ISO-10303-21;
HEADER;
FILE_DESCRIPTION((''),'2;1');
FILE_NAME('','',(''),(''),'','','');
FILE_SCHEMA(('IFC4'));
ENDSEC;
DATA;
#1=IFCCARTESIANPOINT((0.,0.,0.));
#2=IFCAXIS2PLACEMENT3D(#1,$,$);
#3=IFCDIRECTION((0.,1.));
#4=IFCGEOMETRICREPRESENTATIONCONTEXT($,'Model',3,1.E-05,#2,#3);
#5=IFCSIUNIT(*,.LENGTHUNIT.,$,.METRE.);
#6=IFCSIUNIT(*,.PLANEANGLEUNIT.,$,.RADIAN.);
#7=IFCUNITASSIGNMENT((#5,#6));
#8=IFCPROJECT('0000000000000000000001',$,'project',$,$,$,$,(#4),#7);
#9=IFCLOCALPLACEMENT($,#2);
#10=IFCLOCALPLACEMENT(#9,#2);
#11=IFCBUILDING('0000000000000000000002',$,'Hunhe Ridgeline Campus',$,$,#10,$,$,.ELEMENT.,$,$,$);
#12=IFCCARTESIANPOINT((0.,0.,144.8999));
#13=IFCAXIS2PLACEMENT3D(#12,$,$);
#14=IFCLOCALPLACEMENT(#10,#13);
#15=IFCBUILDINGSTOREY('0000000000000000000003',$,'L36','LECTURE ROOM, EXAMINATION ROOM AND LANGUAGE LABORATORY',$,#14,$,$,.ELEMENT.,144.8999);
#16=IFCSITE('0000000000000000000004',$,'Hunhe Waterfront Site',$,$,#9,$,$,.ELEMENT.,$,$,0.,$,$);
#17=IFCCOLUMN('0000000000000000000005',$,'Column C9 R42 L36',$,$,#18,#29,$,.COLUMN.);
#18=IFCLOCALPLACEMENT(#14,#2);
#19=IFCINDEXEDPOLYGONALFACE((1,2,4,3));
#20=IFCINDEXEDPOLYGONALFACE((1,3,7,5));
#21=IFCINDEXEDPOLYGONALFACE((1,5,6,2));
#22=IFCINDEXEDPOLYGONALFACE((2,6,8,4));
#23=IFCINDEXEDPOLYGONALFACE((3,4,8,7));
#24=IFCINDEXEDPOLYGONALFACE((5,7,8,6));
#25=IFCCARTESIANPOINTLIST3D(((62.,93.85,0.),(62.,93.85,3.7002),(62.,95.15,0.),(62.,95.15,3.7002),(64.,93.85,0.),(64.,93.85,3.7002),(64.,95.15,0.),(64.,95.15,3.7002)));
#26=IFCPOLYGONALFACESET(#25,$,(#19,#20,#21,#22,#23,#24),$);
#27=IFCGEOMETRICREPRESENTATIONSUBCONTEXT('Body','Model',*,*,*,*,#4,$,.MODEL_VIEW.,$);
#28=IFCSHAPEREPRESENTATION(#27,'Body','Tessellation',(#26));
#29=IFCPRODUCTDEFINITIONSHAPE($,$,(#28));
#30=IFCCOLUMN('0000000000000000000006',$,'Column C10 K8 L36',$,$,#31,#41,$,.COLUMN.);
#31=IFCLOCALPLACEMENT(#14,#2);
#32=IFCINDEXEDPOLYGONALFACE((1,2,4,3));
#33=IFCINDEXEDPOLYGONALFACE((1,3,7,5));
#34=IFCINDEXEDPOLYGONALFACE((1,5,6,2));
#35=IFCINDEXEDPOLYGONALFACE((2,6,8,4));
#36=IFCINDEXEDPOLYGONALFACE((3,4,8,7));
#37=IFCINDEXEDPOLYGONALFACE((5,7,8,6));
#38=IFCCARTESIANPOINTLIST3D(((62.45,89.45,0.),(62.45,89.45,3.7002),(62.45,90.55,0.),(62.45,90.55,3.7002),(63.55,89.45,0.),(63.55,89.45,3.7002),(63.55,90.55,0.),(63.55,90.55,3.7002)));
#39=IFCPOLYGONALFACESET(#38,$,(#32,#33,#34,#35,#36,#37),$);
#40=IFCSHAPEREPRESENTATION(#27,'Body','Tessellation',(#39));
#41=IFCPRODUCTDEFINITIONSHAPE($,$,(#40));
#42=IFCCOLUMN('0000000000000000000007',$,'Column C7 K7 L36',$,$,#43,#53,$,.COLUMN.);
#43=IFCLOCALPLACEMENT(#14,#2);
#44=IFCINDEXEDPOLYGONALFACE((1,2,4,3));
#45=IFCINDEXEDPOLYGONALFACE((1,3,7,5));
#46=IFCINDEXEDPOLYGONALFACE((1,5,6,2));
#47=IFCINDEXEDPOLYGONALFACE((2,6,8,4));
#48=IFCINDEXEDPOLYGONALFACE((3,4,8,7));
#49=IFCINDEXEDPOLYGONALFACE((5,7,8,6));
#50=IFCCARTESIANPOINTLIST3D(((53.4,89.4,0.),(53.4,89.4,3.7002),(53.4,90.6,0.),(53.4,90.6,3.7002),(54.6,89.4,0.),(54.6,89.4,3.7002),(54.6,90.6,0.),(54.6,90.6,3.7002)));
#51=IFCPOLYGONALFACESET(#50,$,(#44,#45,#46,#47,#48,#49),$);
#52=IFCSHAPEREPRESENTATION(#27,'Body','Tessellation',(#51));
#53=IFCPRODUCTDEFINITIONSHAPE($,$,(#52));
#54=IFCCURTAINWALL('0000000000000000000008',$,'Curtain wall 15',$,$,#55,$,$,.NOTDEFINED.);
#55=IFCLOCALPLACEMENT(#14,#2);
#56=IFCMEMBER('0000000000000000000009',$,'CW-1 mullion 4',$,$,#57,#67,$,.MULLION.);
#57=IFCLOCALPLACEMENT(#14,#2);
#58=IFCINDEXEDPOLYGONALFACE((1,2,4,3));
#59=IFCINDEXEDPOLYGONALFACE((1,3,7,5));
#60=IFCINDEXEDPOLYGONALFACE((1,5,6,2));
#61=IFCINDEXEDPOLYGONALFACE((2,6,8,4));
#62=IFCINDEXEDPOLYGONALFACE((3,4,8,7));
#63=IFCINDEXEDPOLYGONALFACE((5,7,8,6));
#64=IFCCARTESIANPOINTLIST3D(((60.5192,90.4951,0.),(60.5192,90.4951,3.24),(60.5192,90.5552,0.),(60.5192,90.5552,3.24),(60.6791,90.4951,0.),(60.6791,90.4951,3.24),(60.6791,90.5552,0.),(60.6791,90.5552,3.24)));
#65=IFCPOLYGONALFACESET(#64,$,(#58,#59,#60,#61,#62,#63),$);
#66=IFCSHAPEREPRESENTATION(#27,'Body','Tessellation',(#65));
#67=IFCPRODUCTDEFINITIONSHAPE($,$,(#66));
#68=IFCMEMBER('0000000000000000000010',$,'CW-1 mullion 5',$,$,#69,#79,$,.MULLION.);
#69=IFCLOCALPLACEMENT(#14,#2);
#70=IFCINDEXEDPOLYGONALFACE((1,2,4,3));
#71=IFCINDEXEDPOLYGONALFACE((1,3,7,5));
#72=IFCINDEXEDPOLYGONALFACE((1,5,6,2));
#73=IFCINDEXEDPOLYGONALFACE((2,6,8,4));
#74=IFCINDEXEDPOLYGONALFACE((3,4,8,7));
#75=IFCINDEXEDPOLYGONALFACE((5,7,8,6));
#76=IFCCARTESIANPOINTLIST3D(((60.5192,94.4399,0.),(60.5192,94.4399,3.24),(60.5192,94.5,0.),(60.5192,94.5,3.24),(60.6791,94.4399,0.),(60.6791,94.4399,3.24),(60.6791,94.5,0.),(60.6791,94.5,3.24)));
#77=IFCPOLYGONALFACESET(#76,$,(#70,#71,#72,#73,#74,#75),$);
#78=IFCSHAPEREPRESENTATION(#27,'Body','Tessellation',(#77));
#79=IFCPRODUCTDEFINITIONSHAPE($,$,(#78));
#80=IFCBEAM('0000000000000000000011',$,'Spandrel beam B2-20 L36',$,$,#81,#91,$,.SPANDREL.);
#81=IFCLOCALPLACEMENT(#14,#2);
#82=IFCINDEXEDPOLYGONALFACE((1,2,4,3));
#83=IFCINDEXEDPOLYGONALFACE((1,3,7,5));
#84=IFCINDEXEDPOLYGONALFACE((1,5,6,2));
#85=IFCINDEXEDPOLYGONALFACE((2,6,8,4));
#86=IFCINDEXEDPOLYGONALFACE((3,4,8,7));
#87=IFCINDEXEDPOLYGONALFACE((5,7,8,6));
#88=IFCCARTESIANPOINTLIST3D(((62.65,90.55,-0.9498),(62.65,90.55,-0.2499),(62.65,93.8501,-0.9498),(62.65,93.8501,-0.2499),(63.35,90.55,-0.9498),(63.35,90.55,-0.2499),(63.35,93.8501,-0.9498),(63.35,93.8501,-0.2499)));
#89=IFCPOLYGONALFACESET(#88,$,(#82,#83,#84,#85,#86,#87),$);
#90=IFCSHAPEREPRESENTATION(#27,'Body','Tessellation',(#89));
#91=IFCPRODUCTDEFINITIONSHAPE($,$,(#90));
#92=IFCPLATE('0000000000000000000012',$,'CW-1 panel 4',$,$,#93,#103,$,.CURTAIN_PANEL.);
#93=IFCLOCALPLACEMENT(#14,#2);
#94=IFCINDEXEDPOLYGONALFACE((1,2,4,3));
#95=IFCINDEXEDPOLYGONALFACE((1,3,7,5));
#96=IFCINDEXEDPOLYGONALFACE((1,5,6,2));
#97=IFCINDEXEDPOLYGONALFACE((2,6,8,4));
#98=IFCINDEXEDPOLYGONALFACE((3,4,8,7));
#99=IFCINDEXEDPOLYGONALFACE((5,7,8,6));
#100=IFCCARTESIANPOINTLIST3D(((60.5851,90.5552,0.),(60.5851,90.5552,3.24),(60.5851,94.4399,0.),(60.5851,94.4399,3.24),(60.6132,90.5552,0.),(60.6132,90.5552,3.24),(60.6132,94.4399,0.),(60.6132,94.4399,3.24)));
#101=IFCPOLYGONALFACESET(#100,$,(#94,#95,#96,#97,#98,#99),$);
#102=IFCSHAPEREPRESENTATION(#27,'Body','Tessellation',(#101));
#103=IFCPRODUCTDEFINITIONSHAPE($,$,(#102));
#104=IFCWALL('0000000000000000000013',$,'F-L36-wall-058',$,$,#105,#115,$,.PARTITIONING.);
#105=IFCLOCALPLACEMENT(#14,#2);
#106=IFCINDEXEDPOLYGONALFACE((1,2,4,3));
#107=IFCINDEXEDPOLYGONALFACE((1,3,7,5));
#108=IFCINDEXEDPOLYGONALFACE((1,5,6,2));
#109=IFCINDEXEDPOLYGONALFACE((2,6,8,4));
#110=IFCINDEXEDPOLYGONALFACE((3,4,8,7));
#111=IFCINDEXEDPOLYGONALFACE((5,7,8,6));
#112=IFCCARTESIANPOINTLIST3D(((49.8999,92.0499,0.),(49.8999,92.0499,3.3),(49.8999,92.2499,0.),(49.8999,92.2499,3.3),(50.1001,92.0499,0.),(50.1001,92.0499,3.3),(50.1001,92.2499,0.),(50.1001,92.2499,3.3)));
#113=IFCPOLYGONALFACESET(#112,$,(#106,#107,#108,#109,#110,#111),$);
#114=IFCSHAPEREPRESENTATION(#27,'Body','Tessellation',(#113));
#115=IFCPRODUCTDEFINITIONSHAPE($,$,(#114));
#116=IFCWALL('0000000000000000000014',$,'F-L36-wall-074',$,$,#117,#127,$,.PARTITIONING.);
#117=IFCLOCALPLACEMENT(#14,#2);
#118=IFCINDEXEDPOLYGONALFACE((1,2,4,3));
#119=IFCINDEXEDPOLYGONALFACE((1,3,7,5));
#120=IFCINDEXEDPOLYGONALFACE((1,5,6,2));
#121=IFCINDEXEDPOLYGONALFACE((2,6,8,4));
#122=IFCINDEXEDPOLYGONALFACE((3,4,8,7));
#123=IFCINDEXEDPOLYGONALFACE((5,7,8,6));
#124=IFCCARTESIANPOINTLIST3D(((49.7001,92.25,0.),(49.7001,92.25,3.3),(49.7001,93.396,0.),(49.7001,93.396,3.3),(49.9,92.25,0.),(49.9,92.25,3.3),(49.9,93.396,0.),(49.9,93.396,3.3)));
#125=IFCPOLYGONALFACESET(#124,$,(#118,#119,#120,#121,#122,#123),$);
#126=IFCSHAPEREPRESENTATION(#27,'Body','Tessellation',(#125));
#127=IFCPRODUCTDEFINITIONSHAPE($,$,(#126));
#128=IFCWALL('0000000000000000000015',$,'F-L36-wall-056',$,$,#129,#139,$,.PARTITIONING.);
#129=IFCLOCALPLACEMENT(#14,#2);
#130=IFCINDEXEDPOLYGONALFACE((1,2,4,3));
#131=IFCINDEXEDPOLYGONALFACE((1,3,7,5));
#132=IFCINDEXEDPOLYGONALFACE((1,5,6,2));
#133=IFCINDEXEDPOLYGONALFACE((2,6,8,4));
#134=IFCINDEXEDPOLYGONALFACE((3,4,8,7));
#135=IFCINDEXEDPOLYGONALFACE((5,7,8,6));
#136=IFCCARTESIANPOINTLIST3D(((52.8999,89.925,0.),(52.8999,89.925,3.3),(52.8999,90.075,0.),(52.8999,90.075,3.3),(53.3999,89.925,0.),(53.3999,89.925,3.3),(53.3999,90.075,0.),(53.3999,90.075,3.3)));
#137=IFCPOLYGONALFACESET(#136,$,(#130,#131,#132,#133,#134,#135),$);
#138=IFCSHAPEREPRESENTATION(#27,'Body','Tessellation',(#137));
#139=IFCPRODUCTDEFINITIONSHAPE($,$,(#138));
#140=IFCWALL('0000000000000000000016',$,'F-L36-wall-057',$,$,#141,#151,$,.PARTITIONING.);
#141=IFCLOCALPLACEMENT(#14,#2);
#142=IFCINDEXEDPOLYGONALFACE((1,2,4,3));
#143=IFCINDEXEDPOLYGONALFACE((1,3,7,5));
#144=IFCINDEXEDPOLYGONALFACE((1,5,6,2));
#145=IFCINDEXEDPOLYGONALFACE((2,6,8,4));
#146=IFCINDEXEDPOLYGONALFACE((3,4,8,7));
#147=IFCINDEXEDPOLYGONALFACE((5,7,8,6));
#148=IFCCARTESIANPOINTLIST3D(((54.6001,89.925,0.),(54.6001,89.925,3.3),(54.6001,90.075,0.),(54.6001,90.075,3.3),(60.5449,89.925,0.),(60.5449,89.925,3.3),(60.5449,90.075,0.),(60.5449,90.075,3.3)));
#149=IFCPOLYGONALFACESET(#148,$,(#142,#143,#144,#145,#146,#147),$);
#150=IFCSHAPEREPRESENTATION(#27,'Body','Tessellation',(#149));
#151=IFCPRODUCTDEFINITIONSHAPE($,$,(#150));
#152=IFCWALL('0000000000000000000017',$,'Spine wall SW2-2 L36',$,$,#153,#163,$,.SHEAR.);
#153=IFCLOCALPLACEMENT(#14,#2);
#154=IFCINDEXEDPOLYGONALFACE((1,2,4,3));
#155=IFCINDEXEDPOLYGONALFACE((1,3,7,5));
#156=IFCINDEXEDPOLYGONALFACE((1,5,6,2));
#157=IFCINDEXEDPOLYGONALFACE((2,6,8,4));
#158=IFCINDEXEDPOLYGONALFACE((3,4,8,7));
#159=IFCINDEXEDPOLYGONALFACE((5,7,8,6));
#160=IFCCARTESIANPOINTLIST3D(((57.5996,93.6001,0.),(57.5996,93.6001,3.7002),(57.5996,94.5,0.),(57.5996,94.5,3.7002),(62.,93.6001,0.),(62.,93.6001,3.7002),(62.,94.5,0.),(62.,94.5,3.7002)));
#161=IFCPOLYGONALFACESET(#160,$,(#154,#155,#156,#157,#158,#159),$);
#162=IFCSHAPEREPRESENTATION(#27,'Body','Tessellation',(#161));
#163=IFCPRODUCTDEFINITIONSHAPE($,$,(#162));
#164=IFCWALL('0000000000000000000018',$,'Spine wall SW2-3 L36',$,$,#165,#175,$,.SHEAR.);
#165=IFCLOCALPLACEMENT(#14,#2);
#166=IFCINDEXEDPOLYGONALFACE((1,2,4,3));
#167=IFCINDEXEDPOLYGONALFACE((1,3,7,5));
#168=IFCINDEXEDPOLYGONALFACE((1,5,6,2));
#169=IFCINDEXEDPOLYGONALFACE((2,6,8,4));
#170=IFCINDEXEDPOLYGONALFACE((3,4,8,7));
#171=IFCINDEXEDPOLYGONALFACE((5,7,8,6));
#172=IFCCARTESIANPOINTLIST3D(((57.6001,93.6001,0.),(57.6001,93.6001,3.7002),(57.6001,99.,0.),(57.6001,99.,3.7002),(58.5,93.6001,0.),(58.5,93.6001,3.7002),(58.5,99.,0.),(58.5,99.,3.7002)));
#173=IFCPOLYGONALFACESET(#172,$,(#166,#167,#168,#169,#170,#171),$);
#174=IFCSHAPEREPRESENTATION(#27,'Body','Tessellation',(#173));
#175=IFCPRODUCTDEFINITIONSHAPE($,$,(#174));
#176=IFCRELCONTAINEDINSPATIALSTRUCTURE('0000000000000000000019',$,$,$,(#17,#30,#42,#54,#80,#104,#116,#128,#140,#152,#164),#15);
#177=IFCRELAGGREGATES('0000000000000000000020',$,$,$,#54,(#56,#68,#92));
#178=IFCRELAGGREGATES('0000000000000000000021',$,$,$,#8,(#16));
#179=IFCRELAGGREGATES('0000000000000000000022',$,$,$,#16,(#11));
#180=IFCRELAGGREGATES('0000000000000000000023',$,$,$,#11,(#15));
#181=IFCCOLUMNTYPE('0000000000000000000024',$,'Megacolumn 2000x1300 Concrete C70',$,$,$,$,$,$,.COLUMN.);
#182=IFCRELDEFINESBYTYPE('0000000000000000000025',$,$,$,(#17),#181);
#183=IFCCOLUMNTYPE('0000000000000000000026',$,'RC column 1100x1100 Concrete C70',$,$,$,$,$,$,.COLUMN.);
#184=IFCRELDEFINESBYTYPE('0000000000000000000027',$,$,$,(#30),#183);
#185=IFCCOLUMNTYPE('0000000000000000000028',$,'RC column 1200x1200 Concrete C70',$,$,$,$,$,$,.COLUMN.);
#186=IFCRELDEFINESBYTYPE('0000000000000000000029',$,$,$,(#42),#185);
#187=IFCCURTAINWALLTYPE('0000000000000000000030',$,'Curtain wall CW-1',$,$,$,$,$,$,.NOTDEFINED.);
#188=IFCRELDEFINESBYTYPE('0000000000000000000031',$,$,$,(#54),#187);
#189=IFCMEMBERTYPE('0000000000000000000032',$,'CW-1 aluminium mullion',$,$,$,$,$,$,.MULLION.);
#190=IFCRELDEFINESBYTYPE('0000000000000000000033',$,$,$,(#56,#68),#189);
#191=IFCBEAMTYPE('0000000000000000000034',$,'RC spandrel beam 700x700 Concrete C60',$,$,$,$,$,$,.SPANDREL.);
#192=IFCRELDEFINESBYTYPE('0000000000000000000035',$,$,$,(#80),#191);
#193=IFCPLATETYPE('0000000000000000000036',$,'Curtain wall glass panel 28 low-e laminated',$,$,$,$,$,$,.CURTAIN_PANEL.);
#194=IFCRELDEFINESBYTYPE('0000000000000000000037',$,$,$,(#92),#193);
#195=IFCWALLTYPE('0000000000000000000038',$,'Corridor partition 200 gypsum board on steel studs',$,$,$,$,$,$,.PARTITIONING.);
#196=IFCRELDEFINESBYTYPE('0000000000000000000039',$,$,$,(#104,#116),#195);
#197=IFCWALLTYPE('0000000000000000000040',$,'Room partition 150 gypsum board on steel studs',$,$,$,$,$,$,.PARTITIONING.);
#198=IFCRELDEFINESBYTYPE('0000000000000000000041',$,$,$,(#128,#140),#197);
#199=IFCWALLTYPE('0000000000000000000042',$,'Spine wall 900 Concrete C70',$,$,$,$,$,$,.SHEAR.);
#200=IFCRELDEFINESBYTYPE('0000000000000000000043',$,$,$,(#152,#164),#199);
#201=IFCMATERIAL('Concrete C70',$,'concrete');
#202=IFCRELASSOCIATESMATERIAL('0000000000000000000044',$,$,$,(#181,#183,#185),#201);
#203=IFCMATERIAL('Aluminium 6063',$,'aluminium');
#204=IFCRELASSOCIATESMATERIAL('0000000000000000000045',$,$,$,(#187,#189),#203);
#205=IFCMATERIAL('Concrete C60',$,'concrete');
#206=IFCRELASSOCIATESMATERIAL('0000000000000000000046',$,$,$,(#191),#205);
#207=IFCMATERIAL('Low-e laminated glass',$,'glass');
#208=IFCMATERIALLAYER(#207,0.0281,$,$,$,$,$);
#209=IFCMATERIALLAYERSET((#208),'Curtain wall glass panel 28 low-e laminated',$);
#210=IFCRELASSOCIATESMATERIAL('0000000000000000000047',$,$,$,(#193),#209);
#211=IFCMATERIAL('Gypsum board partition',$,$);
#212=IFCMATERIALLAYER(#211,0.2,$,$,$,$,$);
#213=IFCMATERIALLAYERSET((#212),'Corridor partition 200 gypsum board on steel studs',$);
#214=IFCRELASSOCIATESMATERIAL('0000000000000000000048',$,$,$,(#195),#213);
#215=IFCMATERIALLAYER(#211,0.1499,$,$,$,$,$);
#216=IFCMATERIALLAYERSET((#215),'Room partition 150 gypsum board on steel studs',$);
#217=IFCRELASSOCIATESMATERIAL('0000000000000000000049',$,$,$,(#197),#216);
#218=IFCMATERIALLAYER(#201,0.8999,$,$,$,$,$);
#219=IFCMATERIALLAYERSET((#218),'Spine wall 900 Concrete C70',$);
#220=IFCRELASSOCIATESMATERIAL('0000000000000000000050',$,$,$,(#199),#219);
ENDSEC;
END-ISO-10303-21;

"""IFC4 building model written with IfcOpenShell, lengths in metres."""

from ifc_helpers import new_model, si_unit, direction, frame, frame_2d, origin, origin_2d, place, context, subcontext, project, spatial, rectangle, extrude, material, layer, layer_set, material_profile, profile_set, type_object, element, aggregate, save


model = new_model("IFC4")

# Units and contexts
model_context = context("Model", 3, precision=1e-05, world=origin(), true_north=direction((0.0, 1.0)))
body_context = subcontext(model_context, "Body", "Model", "MODEL_VIEW")
ifc_project = project(units=[si_unit("LENGTHUNIT", "METRE"), si_unit("PLANEANGLEUNIT", "RADIAN")], contexts=[model_context])

# Site, building, storey
site_placement = place(None, origin())
site = spatial("IfcSite", under=ifc_project, at=site_placement, Name="Hunhe Waterfront Site", CompositionType="ELEMENT", RefElevation=0.0)
building_placement = place(site_placement, origin())
building = spatial("IfcBuilding", under=site, at=building_placement, Name="Hunhe Ridgeline Campus", CompositionType="ELEMENT")
storey_placement = place(building_placement, frame((0.0, 0.0, 144.8999)))
storey = spatial("IfcBuildingStorey", under=building, at=storey_placement, Name="L36", Description="LECTURE ROOM, EXAMINATION ROOM AND LANGUAGE LABORATORY", CompositionType="ELEMENT", Elevation=144.8999)

# Columns
ifc_material_1 = material(Name="Concrete C70", Category="concrete")
ifc_material_profile_1 = material_profile(ifc_material_1, rectangle(XDim=2.0, YDim=1.3, at=origin_2d()))
ifc_profile_set_1 = profile_set([ifc_material_profile_1], Name="Concrete C70")
column_type_1 = type_object("IfcColumnType", Name="Megacolumn 2000x1300 Concrete C70", PredefinedType="COLUMN", material=ifc_profile_set_1)
column_1_placement = place(storey_placement, frame((63.0, 94.5, 0.0), z_axis=(0.0, 0.0, 1.0), x_axis=(1.0, 0.0, 0.0)))
element("IfcColumn", 1, at=column_1_placement, inside=storey, type_object=column_type_1, Name="Column C9 R42 L36", PredefinedType="COLUMN", context=body_context, shape_type="SweptSolid", body=[
    extrude(rectangle(XDim=2.0, YDim=1.3, at=origin_2d()), origin(), (0.0, 0.0, 1.0), 3.7002),
])
ifc_material_profile_2 = material_profile(ifc_material_1, rectangle(XDim=1.1001, YDim=1.1001, at=origin_2d()))
ifc_profile_set_2 = profile_set([ifc_material_profile_2], Name="Concrete C70")
column_type_2 = type_object("IfcColumnType", Name="RC column 1100x1100 Concrete C70", PredefinedType="COLUMN", material=ifc_profile_set_2)
column_2_placement = place(storey_placement, frame((63.0, 90.0, 0.0), z_axis=(0.0, 0.0, 1.0), x_axis=(1.0, 0.0, 0.0)))
element("IfcColumn", 2, at=column_2_placement, inside=storey, type_object=column_type_2, Name="Column C10 K8 L36", PredefinedType="COLUMN", context=body_context, shape_type="SweptSolid", body=[
    extrude(rectangle(XDim=1.1001, YDim=1.1001, at=origin_2d()), origin(), (0.0, 0.0, 1.0), 3.7002),
])
ifc_material_profile_3 = material_profile(ifc_material_1, rectangle(XDim=1.2, YDim=1.2, at=origin_2d()))
ifc_profile_set_3 = profile_set([ifc_material_profile_3], Name="Concrete C70")
column_type_3 = type_object("IfcColumnType", Name="RC column 1200x1200 Concrete C70", PredefinedType="COLUMN", material=ifc_profile_set_3)
column_3_placement = place(storey_placement, frame((54.0, 90.0, 0.0), z_axis=(0.0, 0.0, 1.0), x_axis=(1.0, 0.0, 0.0)))
element("IfcColumn", 3, at=column_3_placement, inside=storey, type_object=column_type_3, Name="Column C7 K7 L36", PredefinedType="COLUMN", context=body_context, shape_type="SweptSolid", body=[
    extrude(rectangle(XDim=1.2, YDim=1.2, at=origin_2d()), origin(), (0.0, 0.0, 1.0), 3.7002),
])

# Curtain wall, members
ifc_material_2 = material(Name="Aluminium 6063", Category="aluminium")
curtain_wall_type = type_object("IfcCurtainWallType", Name="Curtain wall CW-1", PredefinedType="NOTDEFINED", material=ifc_material_2)
curtain_wall_placement = place(storey_placement, origin())
curtain_wall = element("IfcCurtainWall", 4, at=curtain_wall_placement, inside=storey, type_object=curtain_wall_type, Name="Curtain wall 15", PredefinedType="NOTDEFINED")
ifc_material_profile_4 = material_profile(ifc_material_2, rectangle(XDim=0.1599, YDim=0.0601, at=origin_2d()))
ifc_profile_set_4 = profile_set([ifc_material_profile_4], Name="Aluminium 6063")
member_type = type_object("IfcMemberType", Name="CW-1 aluminium mullion", PredefinedType="MULLION", material=ifc_profile_set_4)
member_1_placement = place(storey_placement, frame((60.5991, 90.5251, 0.0), z_axis=(0.0, 0.0, 1.0), x_axis=(-1.0, 0.0, 0.0)))
member_1 = element("IfcMember", 5, at=member_1_placement, type_object=member_type, Name="CW-1 mullion 4", PredefinedType="MULLION", context=body_context, shape_type="SweptSolid", body=[
    extrude(rectangle(XDim=0.1599, YDim=0.0601, at=origin_2d()), origin(), (0.0, 0.0, 1.0), 3.24),
])
member_2_placement = place(storey_placement, frame((60.5991, 94.47, 0.0), z_axis=(0.0, 0.0, 1.0), x_axis=(-1.0, 0.0, 0.0)))
member_2 = element("IfcMember", 6, at=member_2_placement, type_object=member_type, Name="CW-1 mullion 5", PredefinedType="MULLION", context=body_context, shape_type="SweptSolid", body=[
    extrude(rectangle(XDim=0.1599, YDim=0.0601, at=origin_2d()), origin(), (0.0, 0.0, 1.0), 3.24),
])

# Beam
ifc_material_3 = material(Name="Concrete C60", Category="concrete")
ifc_material_profile_5 = material_profile(ifc_material_3, rectangle(XDim=0.7, YDim=0.7, at=origin_2d()))
ifc_profile_set_5 = profile_set([ifc_material_profile_5], Name="Concrete C60")
beam_type = type_object("IfcBeamType", Name="RC spandrel beam 700x700 Concrete C60", PredefinedType="SPANDREL", material=ifc_profile_set_5)
beam_placement = place(storey_placement, frame((63.0, 90.55, -0.5999), z_axis=(0.0, 1.0, 0.0), x_axis=(-1.0, 0.0, 0.0)))
element("IfcBeam", 7, at=beam_placement, inside=storey, type_object=beam_type, Name="Spandrel beam B2-20 L36", PredefinedType="SPANDREL", context=body_context, shape_type="SweptSolid", body=[
    extrude(rectangle(XDim=0.7, YDim=0.7, at=origin_2d()), origin(), (0.0, 0.0, 1.0), 3.3),
])

# Plate
ifc_material_4 = material(Name="Low-e laminated glass", Category="glass")
ifc_layer_1 = layer(ifc_material_4, 0.0281)
ifc_layer_set_1 = layer_set([ifc_layer_1], Name="Curtain wall glass panel 28 low-e laminated")
plate_type = type_object("IfcPlateType", Name="Curtain wall glass panel 28 low-e laminated", PredefinedType="CURTAIN_PANEL", material=ifc_layer_set_1)
plate_placement = place(storey_placement, frame((60.5991, 92.4976, 0.0), z_axis=(0.0, 0.0, 1.0), x_axis=(0.0, 1.0, 0.0)))
plate = element("IfcPlate", 8, at=plate_placement, type_object=plate_type, Name="CW-1 panel 4", PredefinedType="CURTAIN_PANEL", context=body_context, shape_type="SweptSolid", body=[
    extrude(rectangle(XDim=3.8848, YDim=0.0281, at=origin_2d()), origin(), (0.0, 0.0, 1.0), 3.24),
])
aggregate(curtain_wall, [member_1, member_2, plate])

# Walls
ifc_material_5 = material(Name="Gypsum board partition")
ifc_layer_2 = layer(ifc_material_5, 0.2)
ifc_layer_set_2 = layer_set([ifc_layer_2], Name="Corridor partition 200 gypsum board on steel studs")
wall_type_1 = type_object("IfcWallType", Name="Corridor partition 200 gypsum board on steel studs", PredefinedType="PARTITIONING", material=ifc_layer_set_2)
wall_1_placement = place(storey_placement, frame((50.1001, 92.1499, 0.0), z_axis=(0.0, 0.0, 1.0), x_axis=(-1.0, 0.0, 0.0)))
element("IfcWall", 9, at=wall_1_placement, inside=storey, type_object=wall_type_1, Name="F-L36-wall-058", PredefinedType="PARTITIONING", context=body_context, shape_type="SweptSolid", body=[
    extrude(rectangle(XDim=0.2002, YDim=0.2, at=frame_2d((0.1001, 0.0))), origin(), (0.0, 0.0, 1.0), 3.3),
])
wall_2_placement = place(storey_placement, frame((49.8, 92.25, 0.0), z_axis=(0.0, 0.0, 1.0), x_axis=(0.0, 1.0, 0.0)))
element("IfcWall", 10, at=wall_2_placement, inside=storey, type_object=wall_type_1, Name="F-L36-wall-074", PredefinedType="PARTITIONING", context=body_context, shape_type="SweptSolid", body=[
    extrude(rectangle(XDim=1.146, YDim=0.2, at=frame_2d((0.573, 0.0))), origin(), (0.0, 0.0, 1.0), 3.3),
])

# Walls
ifc_layer_3 = layer(ifc_material_5, 0.1499)
ifc_layer_set_3 = layer_set([ifc_layer_3], Name="Room partition 150 gypsum board on steel studs")
wall_type_2 = type_object("IfcWallType", Name="Room partition 150 gypsum board on steel studs", PredefinedType="PARTITIONING", material=ifc_layer_set_3)
wall_3_placement = place(storey_placement, frame((52.8999, 90.0, 0.0), z_axis=(0.0, 0.0, 1.0), x_axis=(1.0, 0.0, 0.0)))
element("IfcWall", 11, at=wall_3_placement, inside=storey, type_object=wall_type_2, Name="F-L36-wall-056", PredefinedType="PARTITIONING", context=body_context, shape_type="SweptSolid", body=[
    extrude(rectangle(XDim=0.5, YDim=0.1499, at=frame_2d((0.25, 0.0))), origin(), (0.0, 0.0, 1.0), 3.3),
])
wall_4_placement = place(storey_placement, frame((54.6001, 90.0, 0.0), z_axis=(0.0, 0.0, 1.0), x_axis=(1.0, 0.0, 0.0)))
element("IfcWall", 12, at=wall_4_placement, inside=storey, type_object=wall_type_2, Name="F-L36-wall-057", PredefinedType="PARTITIONING", context=body_context, shape_type="SweptSolid", body=[
    extrude(rectangle(XDim=5.9448, YDim=0.1499, at=frame_2d((2.9724, 0.0))), origin(), (0.0, 0.0, 1.0), 3.3),
])
ifc_layer_4 = layer(ifc_material_1, 0.8999)
ifc_layer_set_4 = layer_set([ifc_layer_4], Name="Spine wall 900 Concrete C70")
wall_type_3 = type_object("IfcWallType", Name="Spine wall 900 Concrete C70", PredefinedType="SHEAR", material=ifc_layer_set_4)
wall_5_placement = place(storey_placement, frame((62.0, 94.05, 0.0), z_axis=(0.0, 0.0, 1.0), x_axis=(-1.0, 0.0, 0.0)))
element("IfcWall", 13, at=wall_5_placement, inside=storey, type_object=wall_type_3, Name="Spine wall SW2-2 L36", PredefinedType="SHEAR", context=body_context, shape_type="SweptSolid", body=[
    extrude(rectangle(XDim=4.4004, YDim=0.8999, at=frame_2d((2.2002, 0.0))), origin(), (0.0, 0.0, 1.0), 3.7002),
])
wall_6_placement = place(storey_placement, frame((58.05, 93.6001, 0.0), z_axis=(0.0, 0.0, 1.0), x_axis=(0.0, 1.0, 0.0)))
element("IfcWall", 14, at=wall_6_placement, inside=storey, type_object=wall_type_3, Name="Spine wall SW2-3 L36", PredefinedType="SHEAR", context=body_context, shape_type="SweptSolid", body=[
    extrude(rectangle(XDim=5.3999, YDim=0.8999, at=frame_2d((2.7, 0.0))), origin(), (0.0, 0.0, 1.0), 3.7002),
])

save(model, "model.ifc")
